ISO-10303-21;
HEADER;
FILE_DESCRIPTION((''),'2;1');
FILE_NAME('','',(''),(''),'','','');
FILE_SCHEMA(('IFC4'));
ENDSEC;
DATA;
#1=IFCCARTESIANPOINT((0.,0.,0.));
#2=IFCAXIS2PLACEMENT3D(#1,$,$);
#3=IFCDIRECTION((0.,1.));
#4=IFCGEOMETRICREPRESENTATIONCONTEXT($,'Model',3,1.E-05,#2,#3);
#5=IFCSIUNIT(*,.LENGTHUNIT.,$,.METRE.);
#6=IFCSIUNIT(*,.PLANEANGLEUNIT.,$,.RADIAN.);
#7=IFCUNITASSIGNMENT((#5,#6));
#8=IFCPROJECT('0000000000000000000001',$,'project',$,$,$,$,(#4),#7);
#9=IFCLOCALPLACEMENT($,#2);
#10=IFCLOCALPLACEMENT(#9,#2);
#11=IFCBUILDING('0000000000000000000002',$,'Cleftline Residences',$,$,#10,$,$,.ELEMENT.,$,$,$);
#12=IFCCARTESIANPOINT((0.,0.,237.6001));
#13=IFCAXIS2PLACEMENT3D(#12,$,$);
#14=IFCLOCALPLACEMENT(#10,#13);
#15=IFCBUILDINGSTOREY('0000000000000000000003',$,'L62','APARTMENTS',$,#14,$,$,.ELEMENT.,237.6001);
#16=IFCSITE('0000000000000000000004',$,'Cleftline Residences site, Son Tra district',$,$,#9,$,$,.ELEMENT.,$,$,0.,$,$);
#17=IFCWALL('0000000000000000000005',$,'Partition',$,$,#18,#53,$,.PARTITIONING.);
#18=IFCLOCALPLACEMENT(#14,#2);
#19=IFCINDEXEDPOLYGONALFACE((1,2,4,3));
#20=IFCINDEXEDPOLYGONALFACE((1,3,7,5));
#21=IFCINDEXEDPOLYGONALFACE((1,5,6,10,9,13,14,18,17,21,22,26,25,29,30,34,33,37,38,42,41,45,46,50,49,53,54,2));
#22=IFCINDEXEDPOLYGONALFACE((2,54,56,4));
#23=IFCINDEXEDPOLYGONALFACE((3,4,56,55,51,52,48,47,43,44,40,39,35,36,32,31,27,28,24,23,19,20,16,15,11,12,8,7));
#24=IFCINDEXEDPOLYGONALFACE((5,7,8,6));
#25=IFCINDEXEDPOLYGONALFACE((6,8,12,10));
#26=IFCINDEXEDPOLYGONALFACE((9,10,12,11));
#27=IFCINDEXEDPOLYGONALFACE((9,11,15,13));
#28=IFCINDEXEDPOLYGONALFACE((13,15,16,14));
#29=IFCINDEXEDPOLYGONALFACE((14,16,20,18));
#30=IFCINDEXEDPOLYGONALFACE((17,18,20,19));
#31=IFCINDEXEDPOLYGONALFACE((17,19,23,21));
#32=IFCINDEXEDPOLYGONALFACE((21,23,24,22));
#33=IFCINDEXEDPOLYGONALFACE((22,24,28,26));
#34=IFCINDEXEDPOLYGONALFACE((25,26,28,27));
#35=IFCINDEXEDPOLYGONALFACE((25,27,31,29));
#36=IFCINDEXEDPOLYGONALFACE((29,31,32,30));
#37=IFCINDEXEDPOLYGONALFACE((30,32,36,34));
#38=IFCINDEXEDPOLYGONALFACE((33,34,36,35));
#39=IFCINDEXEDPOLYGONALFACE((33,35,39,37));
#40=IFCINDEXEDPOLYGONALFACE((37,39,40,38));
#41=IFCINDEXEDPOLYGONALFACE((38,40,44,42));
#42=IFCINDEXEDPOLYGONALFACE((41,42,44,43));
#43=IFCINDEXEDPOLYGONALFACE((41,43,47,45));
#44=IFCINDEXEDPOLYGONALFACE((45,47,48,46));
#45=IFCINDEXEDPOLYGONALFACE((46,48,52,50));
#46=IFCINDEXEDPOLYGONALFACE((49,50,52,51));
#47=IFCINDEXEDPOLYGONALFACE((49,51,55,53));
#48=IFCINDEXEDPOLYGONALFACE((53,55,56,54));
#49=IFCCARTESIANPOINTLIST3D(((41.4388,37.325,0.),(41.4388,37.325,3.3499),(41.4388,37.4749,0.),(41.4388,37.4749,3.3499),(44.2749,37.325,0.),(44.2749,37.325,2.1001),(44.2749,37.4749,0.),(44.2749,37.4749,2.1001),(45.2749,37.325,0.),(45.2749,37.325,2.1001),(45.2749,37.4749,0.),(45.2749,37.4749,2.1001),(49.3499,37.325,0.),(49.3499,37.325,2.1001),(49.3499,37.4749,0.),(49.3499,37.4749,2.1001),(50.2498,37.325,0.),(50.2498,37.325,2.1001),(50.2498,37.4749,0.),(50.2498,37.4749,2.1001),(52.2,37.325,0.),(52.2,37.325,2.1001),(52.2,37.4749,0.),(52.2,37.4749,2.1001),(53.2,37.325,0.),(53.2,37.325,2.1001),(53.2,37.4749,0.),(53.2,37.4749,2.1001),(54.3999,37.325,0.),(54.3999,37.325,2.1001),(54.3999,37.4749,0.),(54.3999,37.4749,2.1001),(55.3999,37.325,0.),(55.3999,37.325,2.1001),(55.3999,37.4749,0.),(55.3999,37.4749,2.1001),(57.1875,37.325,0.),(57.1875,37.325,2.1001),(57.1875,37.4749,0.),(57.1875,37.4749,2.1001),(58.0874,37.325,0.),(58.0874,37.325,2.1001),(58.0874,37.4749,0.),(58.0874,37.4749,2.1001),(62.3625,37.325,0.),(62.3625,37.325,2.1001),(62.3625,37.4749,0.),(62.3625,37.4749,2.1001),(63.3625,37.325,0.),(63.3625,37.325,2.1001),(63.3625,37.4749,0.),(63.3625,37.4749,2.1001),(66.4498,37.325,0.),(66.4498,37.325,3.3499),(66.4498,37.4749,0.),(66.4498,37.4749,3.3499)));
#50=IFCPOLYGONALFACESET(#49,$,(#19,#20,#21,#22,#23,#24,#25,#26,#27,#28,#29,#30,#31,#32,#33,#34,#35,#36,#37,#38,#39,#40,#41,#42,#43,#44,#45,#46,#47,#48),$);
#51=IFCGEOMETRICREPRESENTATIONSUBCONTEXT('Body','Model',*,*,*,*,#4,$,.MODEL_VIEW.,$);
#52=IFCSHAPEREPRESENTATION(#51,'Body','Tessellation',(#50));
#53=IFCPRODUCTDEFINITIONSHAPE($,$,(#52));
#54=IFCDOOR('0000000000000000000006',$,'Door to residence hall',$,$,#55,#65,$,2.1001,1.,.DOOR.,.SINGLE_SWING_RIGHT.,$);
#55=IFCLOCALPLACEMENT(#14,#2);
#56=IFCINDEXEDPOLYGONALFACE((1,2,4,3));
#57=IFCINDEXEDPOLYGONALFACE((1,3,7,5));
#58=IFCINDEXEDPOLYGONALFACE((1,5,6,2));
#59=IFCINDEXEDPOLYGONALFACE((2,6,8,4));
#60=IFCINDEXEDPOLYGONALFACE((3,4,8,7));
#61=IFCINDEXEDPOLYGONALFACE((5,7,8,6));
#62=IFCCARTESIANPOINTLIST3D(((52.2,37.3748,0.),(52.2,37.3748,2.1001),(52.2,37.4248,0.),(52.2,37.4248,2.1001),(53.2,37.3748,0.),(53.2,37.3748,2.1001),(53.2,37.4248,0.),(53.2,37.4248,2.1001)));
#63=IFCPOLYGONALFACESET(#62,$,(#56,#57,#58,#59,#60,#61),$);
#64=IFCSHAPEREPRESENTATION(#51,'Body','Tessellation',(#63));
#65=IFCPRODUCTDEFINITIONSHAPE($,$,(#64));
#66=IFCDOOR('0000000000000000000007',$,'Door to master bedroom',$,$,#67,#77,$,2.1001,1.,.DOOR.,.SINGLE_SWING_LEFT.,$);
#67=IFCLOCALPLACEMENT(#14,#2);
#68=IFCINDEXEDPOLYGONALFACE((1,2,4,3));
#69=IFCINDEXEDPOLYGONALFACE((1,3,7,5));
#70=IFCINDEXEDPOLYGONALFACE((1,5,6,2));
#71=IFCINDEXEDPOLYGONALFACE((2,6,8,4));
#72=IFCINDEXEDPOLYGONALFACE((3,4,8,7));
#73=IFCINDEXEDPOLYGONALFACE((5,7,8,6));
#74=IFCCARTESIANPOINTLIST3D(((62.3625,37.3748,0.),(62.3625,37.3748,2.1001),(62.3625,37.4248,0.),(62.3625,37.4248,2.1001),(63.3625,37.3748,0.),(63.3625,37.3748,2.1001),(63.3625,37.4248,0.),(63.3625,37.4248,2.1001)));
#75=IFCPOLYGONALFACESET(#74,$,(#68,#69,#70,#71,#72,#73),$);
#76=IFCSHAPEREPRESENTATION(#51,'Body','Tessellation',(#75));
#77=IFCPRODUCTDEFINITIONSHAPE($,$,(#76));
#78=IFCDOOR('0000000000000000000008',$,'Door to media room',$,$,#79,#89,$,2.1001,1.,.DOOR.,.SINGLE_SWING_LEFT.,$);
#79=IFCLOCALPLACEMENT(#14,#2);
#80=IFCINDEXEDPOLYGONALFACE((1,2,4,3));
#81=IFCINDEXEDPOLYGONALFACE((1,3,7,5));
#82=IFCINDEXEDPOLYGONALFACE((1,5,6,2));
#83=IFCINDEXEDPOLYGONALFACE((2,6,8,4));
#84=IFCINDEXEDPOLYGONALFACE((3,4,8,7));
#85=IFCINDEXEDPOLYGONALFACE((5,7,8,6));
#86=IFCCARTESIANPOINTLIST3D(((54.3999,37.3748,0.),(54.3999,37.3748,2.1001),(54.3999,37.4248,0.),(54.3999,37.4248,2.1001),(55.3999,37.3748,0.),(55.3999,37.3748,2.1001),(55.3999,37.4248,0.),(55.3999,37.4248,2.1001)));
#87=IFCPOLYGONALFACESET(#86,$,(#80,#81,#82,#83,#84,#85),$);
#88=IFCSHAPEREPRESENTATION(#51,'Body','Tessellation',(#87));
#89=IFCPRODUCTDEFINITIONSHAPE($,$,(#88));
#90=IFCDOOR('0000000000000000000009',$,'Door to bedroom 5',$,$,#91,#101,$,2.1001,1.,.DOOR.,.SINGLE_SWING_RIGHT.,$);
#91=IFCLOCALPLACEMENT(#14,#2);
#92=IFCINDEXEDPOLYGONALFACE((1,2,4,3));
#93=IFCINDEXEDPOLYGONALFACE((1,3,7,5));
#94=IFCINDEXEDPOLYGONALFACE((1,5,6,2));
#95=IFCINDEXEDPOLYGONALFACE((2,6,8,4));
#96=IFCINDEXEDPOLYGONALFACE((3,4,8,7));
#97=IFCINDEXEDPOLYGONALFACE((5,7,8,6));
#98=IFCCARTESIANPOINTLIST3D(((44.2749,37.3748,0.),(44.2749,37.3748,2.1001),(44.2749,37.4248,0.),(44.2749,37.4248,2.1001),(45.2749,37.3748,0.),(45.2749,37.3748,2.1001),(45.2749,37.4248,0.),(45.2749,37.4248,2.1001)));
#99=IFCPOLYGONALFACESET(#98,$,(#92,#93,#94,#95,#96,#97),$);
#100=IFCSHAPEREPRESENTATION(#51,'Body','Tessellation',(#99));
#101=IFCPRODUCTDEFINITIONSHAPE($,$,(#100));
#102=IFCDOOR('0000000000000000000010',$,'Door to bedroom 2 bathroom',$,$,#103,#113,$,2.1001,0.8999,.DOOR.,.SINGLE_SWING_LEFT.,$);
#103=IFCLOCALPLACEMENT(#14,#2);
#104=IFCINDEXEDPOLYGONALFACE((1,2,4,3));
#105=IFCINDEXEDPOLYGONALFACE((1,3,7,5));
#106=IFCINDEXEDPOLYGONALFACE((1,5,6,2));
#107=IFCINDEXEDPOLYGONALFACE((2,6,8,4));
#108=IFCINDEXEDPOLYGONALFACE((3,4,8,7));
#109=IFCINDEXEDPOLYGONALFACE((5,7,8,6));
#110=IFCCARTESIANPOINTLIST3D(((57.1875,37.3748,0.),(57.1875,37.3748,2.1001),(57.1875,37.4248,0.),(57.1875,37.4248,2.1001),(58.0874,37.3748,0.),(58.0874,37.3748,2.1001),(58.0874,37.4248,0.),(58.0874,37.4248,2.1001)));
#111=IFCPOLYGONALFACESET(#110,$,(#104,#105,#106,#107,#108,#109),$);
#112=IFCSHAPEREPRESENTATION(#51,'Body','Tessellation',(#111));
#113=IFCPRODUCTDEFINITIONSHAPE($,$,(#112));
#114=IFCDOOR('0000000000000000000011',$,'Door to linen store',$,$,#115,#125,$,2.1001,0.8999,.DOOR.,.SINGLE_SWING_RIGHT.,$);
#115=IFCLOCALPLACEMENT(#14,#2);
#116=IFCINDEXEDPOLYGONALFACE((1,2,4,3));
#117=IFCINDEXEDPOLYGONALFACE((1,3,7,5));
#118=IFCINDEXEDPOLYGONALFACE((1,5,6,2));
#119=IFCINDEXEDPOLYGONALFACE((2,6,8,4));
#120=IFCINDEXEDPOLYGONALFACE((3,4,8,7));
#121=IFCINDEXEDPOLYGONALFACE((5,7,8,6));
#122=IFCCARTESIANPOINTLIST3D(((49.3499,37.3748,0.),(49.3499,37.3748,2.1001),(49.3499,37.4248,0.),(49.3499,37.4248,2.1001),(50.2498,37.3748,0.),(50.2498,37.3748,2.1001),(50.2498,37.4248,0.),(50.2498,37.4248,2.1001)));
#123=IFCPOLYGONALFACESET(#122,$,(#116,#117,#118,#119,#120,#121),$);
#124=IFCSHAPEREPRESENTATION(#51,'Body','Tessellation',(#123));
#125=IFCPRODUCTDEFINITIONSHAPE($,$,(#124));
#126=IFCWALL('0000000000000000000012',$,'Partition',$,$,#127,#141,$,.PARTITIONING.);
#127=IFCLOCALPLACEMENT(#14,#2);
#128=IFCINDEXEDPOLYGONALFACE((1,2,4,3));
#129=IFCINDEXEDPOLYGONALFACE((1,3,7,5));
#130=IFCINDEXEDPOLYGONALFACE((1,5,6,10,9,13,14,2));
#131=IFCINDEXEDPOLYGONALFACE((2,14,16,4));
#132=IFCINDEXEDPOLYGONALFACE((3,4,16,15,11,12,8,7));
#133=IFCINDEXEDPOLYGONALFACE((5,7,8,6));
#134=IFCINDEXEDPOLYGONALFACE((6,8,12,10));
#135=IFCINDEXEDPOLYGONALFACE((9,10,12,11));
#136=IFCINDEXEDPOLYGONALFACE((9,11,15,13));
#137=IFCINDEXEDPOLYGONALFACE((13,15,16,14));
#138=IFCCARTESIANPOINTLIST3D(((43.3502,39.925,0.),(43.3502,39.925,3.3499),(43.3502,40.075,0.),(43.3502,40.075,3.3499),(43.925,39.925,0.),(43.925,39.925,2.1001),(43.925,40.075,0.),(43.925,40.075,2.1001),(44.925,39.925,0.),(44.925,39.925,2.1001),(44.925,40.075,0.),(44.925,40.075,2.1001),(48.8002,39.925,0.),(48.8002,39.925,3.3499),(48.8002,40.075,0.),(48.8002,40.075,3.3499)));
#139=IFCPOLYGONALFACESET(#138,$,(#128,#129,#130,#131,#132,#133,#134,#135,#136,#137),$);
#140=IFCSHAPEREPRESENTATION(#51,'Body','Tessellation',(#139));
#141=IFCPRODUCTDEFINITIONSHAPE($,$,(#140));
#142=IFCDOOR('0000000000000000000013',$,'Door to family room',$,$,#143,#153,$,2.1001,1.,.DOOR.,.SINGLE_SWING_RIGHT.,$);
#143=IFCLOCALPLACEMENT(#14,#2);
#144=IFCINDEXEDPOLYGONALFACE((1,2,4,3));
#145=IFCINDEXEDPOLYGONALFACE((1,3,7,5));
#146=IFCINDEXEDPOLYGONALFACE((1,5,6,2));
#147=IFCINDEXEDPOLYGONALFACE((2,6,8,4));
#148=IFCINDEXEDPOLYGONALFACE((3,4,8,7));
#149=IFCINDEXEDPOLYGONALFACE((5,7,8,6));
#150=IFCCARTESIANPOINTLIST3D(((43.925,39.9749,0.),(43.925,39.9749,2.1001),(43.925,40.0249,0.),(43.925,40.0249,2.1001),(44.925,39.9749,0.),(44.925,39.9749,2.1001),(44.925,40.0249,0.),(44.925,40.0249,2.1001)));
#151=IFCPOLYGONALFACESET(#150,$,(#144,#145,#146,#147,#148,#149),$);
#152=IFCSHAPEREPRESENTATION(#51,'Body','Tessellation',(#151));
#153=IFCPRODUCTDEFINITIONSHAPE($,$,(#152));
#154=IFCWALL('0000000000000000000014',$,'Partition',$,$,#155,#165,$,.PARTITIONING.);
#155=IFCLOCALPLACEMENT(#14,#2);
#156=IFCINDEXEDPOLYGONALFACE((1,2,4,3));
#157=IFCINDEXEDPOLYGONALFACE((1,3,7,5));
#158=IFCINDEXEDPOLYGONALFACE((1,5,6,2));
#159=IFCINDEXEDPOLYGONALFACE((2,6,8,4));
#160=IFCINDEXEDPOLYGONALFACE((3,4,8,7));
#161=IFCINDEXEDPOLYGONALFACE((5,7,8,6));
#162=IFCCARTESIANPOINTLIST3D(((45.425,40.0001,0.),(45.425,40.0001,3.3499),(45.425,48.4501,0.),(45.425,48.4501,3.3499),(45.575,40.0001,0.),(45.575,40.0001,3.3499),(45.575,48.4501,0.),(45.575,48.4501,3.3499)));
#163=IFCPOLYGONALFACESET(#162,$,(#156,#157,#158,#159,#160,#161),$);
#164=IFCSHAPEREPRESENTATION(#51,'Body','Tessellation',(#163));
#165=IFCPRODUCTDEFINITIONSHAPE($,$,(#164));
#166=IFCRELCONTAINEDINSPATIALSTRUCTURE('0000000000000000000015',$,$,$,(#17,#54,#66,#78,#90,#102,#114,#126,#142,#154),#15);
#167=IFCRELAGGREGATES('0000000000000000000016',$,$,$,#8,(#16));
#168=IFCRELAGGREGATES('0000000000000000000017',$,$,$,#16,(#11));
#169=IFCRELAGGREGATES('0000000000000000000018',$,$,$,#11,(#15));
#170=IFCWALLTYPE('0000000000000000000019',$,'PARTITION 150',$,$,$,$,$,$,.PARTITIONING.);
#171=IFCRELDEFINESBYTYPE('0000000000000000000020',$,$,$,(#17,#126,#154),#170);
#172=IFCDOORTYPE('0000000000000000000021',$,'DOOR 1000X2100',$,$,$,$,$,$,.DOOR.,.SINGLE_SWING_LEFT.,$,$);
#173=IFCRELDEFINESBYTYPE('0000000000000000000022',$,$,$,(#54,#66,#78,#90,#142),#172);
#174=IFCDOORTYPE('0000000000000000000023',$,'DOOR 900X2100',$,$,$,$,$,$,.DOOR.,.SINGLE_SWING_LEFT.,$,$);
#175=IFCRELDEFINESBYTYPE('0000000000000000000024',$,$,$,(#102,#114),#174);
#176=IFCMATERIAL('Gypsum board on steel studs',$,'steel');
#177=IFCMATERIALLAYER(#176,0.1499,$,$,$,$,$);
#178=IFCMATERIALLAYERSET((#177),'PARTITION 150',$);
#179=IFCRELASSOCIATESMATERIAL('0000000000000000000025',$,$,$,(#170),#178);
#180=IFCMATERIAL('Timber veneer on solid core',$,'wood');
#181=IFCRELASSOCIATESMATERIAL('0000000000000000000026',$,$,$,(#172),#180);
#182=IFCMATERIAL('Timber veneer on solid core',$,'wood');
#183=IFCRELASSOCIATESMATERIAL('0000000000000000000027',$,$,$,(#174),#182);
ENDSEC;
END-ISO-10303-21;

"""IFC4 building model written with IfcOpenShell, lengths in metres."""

from ifc_helpers import new_model, si_unit, direction, frame, frame_2d, origin, place, context, subcontext, project, spatial, rectangle, extrude, material, layer, layer_set, type_object, element, fill, save


model = new_model("IFC4")

# Units and contexts
model_context = context("Model", 3, precision=1e-05, world=origin(), true_north=direction((0.0, 1.0)))
body_context = subcontext(model_context, "Body", "Model", "MODEL_VIEW")
ifc_project = project(units=[si_unit("LENGTHUNIT", "METRE"), si_unit("PLANEANGLEUNIT", "RADIAN")], contexts=[model_context])

# Site, building, storey
site_placement = place(None, origin())
site = spatial("IfcSite", under=ifc_project, at=site_placement, Name="Cleftline Residences site, Son Tra district", CompositionType="ELEMENT", RefElevation=0.0)
building_placement = place(site_placement, origin())
building = spatial("IfcBuilding", under=site, at=building_placement, Name="Cleftline Residences", CompositionType="ELEMENT")
storey_placement = place(building_placement, frame((0.0, 0.0, 237.6001)))
storey = spatial("IfcBuildingStorey", under=building, at=storey_placement, Name="L62", Description="APARTMENTS", CompositionType="ELEMENT", Elevation=237.6001)

# Shared definitions
ifc_material_1 = material(Name="Gypsum board on steel studs", Category="steel")
ifc_layer_1 = layer(ifc_material_1, 0.1499)
ifc_layer_set_1 = layer_set([ifc_layer_1], Name="PARTITION 150")
wall_type = type_object("IfcWallType", Name="PARTITION 150", PredefinedType="PARTITIONING", material=ifc_layer_set_1)

# Wall, openings, doors
wall_1_placement = place(storey_placement, frame((41.439, 37.3999, 0.0), z_axis=(0.0, 0.0, 1.0), x_axis=(1.0, 0.0, 0.0)))
wall_1 = element("IfcWall", 1, at=wall_1_placement, inside=storey, type_object=wall_type, Name="Partition", PredefinedType="PARTITIONING", context=body_context, shape_type="SweptSolid", body=[
    extrude(rectangle(XDim=25.011, YDim=0.1499, at=frame_2d((12.5054, 0.0))), origin(), (0.0, 0.0, 1.0), 3.3499),
])
opening_1_placement = place(wall_1_placement, frame((10.761, 0.0, 0.0)))
opening_1 = element("IfcOpeningElement", 2, at=opening_1_placement, cuts=wall_1, PredefinedType="OPENING", context=body_context, shape_type="SweptSolid", body=[
    extrude(rectangle(XDim=1.0, YDim=2.1001, at=frame_2d((0.5, 1.05))), frame((0.0, 0.085, 0.0), z_axis=(0.0, -1.0, 0.0), x_axis=(1.0, 0.0, 0.0)), (0.0, 0.0, 1.0), 0.1699),
])
opening_2_placement = place(wall_1_placement, frame((20.9236, 0.0, 0.0)))
opening_2 = element("IfcOpeningElement", 3, at=opening_2_placement, cuts=wall_1, PredefinedType="OPENING", context=body_context, shape_type="SweptSolid", body=[
    extrude(rectangle(XDim=1.0, YDim=2.1001, at=frame_2d((0.5, 1.05))), frame((0.0, 0.085, 0.0), z_axis=(0.0, -1.0, 0.0), x_axis=(1.0, 0.0, 0.0)), (0.0, 0.0, 1.0), 0.1699),
])
opening_3_placement = place(wall_1_placement, frame((15.7485, 0.0, 0.0)))
opening_3 = element("IfcOpeningElement", 4, at=opening_3_placement, cuts=wall_1, PredefinedType="OPENING", context=body_context, shape_type="SweptSolid", body=[
    extrude(rectangle(XDim=0.8999, YDim=2.1001, at=frame_2d((0.45, 1.05))), frame((0.0, 0.085, 0.0), z_axis=(0.0, -1.0, 0.0), x_axis=(1.0, 0.0, 0.0)), (0.0, 0.0, 1.0), 0.1699),
])
opening_4_placement = place(wall_1_placement, frame((12.9609, 0.0, 0.0)))
opening_4 = element("IfcOpeningElement", 5, at=opening_4_placement, cuts=wall_1, PredefinedType="OPENING", context=body_context, shape_type="SweptSolid", body=[
    extrude(rectangle(XDim=1.0, YDim=2.1001, at=frame_2d((0.5, 1.05))), frame((0.0, 0.085, 0.0), z_axis=(0.0, -1.0, 0.0), x_axis=(1.0, 0.0, 0.0)), (0.0, 0.0, 1.0), 0.1699),
])
opening_5_placement = place(wall_1_placement, frame((7.9109, 0.0, 0.0)))
opening_5 = element("IfcOpeningElement", 6, at=opening_5_placement, cuts=wall_1, PredefinedType="OPENING", context=body_context, shape_type="SweptSolid", body=[
    extrude(rectangle(XDim=0.8999, YDim=2.1001, at=frame_2d((0.45, 1.05))), frame((0.0, 0.085, 0.0), z_axis=(0.0, -1.0, 0.0), x_axis=(1.0, 0.0, 0.0)), (0.0, 0.0, 1.0), 0.1699),
])
opening_6_placement = place(wall_1_placement, frame((2.8359, 0.0, 0.0)))
opening_6 = element("IfcOpeningElement", 7, at=opening_6_placement, cuts=wall_1, PredefinedType="OPENING", context=body_context, shape_type="SweptSolid", body=[
    extrude(rectangle(XDim=1.0, YDim=2.1001, at=frame_2d((0.5, 1.05))), frame((0.0, 0.085, 0.0), z_axis=(0.0, -1.0, 0.0), x_axis=(1.0, 0.0, 0.0)), (0.0, 0.0, 1.0), 0.1699),
])
ifc_material_2 = material(Name="Timber veneer on solid core", Category="wood")
door_type_1 = type_object("IfcDoorType", Name="DOOR 1000X2100", OperationType="SINGLE_SWING_LEFT", PredefinedType="DOOR", material=ifc_material_2)
door_1_placement = place(opening_1_placement, origin())
door_1 = element("IfcDoor", 8, at=door_1_placement, inside=storey, type_object=door_type_1, Name="Door to residence hall", OperationType="SINGLE_SWING_RIGHT", OverallHeight=2.1001, OverallWidth=1.0, PredefinedType="DOOR", context=body_context, shape_type="SweptSolid", body=[
    extrude(rectangle(XDim=1.0, YDim=2.1001, at=frame_2d((0.5, 1.05))), frame((0.0, 0.0249, 0.0), z_axis=(0.0, -1.0, 0.0), x_axis=(1.0, 0.0, 0.0)), (0.0, 0.0, 1.0), 0.05),
])
fill(opening_1, door_1)
door_2_placement = place(opening_2_placement, origin())
door_2 = element("IfcDoor", 9, at=door_2_placement, inside=storey, type_object=door_type_1, Name="Door to master bedroom", OperationType="SINGLE_SWING_LEFT", OverallHeight=2.1001, OverallWidth=1.0, PredefinedType="DOOR", context=body_context, shape_type="SweptSolid", body=[
    extrude(rectangle(XDim=1.0, YDim=2.1001, at=frame_2d((0.5, 1.05))), frame((0.0, 0.0249, 0.0), z_axis=(0.0, -1.0, 0.0), x_axis=(1.0, 0.0, 0.0)), (0.0, 0.0, 1.0), 0.05),
])
fill(opening_2, door_2)
door_3_placement = place(opening_4_placement, origin())
door_3 = element("IfcDoor", 10, at=door_3_placement, inside=storey, type_object=door_type_1, Name="Door to media room", OperationType="SINGLE_SWING_LEFT", OverallHeight=2.1001, OverallWidth=1.0, PredefinedType="DOOR", context=body_context, shape_type="SweptSolid", body=[
    extrude(rectangle(XDim=1.0, YDim=2.1001, at=frame_2d((0.5, 1.05))), frame((0.0, 0.0249, 0.0), z_axis=(0.0, -1.0, 0.0), x_axis=(1.0, 0.0, 0.0)), (0.0, 0.0, 1.0), 0.05),
])
fill(opening_4, door_3)
door_4_placement = place(opening_6_placement, origin())
door_4 = element("IfcDoor", 11, at=door_4_placement, inside=storey, type_object=door_type_1, Name="Door to bedroom 5", OperationType="SINGLE_SWING_RIGHT", OverallHeight=2.1001, OverallWidth=1.0, PredefinedType="DOOR", context=body_context, shape_type="SweptSolid", body=[
    extrude(rectangle(XDim=1.0, YDim=2.1001, at=frame_2d((0.5, 1.05))), frame((0.0, 0.0249, 0.0), z_axis=(0.0, -1.0, 0.0), x_axis=(1.0, 0.0, 0.0)), (0.0, 0.0, 1.0), 0.05),
])
fill(opening_6, door_4)
ifc_material_3 = material(Name="Timber veneer on solid core", Category="wood")
door_type_2 = type_object("IfcDoorType", Name="DOOR 900X2100", OperationType="SINGLE_SWING_LEFT", PredefinedType="DOOR", material=ifc_material_3)
door_5_placement = place(opening_3_placement, origin())
door_5 = element("IfcDoor", 12, at=door_5_placement, inside=storey, type_object=door_type_2, Name="Door to bedroom 2 bathroom", OperationType="SINGLE_SWING_LEFT", OverallHeight=2.1001, OverallWidth=0.8999, PredefinedType="DOOR", context=body_context, shape_type="SweptSolid", body=[
    extrude(rectangle(XDim=0.8999, YDim=2.1001, at=frame_2d((0.45, 1.05))), frame((0.0, 0.0249, 0.0), z_axis=(0.0, -1.0, 0.0), x_axis=(1.0, 0.0, 0.0)), (0.0, 0.0, 1.0), 0.05),
])
fill(opening_3, door_5)
door_6_placement = place(opening_5_placement, origin())
door_6 = element("IfcDoor", 13, at=door_6_placement, inside=storey, type_object=door_type_2, Name="Door to linen store", OperationType="SINGLE_SWING_RIGHT", OverallHeight=2.1001, OverallWidth=0.8999, PredefinedType="DOOR", context=body_context, shape_type="SweptSolid", body=[
    extrude(rectangle(XDim=0.8999, YDim=2.1001, at=frame_2d((0.45, 1.05))), frame((0.0, 0.0249, 0.0), z_axis=(0.0, -1.0, 0.0), x_axis=(1.0, 0.0, 0.0)), (0.0, 0.0, 1.0), 0.05),
])
fill(opening_5, door_6)

# Wall, opening, door
wall_2_placement = place(storey_placement, frame((43.3501, 40.0, 0.0), z_axis=(0.0, 0.0, 1.0), x_axis=(1.0, 0.0, 0.0)))
wall_2 = element("IfcWall", 14, at=wall_2_placement, inside=storey, type_object=wall_type, Name="Partition", PredefinedType="PARTITIONING", context=body_context, shape_type="SweptSolid", body=[
    extrude(rectangle(XDim=5.45, YDim=0.1499, at=frame_2d((2.7251, 0.0))), origin(), (0.0, 0.0, 1.0), 3.3499),
])
opening_7_placement = place(wall_2_placement, frame((0.575, 0.0, 0.0)))
opening_7 = element("IfcOpeningElement", 15, at=opening_7_placement, cuts=wall_2, PredefinedType="OPENING", context=body_context, shape_type="SweptSolid", body=[
    extrude(rectangle(XDim=1.0, YDim=2.1001, at=frame_2d((0.5, 1.05))), frame((0.0, 0.085, 0.0), z_axis=(0.0, -1.0, 0.0), x_axis=(1.0, 0.0, 0.0)), (0.0, 0.0, 1.0), 0.1699),
])
door_7_placement = place(opening_7_placement, origin())
door_7 = element("IfcDoor", 16, at=door_7_placement, inside=storey, type_object=door_type_1, Name="Door to family room", OperationType="SINGLE_SWING_RIGHT", OverallHeight=2.1001, OverallWidth=1.0, PredefinedType="DOOR", context=body_context, shape_type="SweptSolid", body=[
    extrude(rectangle(XDim=1.0, YDim=2.1001, at=frame_2d((0.5, 1.05))), frame((0.0, 0.0249, 0.0), z_axis=(0.0, -1.0, 0.0), x_axis=(1.0, 0.0, 0.0)), (0.0, 0.0, 1.0), 0.05),
])
fill(opening_7, door_7)

# Wall
wall_3_placement = place(storey_placement, frame((45.5, 40.0, 0.0), z_axis=(0.0, 0.0, 1.0), x_axis=(0.0, 1.0, 0.0)))
element("IfcWall", 17, at=wall_3_placement, inside=storey, type_object=wall_type, Name="Partition", PredefinedType="PARTITIONING", context=body_context, shape_type="SweptSolid", body=[
    extrude(rectangle(XDim=8.45, YDim=0.1499, at=frame_2d((4.2251, 0.0))), origin(), (0.0, 0.0, 1.0), 3.3499),
])

save(model, "model.ifc")
